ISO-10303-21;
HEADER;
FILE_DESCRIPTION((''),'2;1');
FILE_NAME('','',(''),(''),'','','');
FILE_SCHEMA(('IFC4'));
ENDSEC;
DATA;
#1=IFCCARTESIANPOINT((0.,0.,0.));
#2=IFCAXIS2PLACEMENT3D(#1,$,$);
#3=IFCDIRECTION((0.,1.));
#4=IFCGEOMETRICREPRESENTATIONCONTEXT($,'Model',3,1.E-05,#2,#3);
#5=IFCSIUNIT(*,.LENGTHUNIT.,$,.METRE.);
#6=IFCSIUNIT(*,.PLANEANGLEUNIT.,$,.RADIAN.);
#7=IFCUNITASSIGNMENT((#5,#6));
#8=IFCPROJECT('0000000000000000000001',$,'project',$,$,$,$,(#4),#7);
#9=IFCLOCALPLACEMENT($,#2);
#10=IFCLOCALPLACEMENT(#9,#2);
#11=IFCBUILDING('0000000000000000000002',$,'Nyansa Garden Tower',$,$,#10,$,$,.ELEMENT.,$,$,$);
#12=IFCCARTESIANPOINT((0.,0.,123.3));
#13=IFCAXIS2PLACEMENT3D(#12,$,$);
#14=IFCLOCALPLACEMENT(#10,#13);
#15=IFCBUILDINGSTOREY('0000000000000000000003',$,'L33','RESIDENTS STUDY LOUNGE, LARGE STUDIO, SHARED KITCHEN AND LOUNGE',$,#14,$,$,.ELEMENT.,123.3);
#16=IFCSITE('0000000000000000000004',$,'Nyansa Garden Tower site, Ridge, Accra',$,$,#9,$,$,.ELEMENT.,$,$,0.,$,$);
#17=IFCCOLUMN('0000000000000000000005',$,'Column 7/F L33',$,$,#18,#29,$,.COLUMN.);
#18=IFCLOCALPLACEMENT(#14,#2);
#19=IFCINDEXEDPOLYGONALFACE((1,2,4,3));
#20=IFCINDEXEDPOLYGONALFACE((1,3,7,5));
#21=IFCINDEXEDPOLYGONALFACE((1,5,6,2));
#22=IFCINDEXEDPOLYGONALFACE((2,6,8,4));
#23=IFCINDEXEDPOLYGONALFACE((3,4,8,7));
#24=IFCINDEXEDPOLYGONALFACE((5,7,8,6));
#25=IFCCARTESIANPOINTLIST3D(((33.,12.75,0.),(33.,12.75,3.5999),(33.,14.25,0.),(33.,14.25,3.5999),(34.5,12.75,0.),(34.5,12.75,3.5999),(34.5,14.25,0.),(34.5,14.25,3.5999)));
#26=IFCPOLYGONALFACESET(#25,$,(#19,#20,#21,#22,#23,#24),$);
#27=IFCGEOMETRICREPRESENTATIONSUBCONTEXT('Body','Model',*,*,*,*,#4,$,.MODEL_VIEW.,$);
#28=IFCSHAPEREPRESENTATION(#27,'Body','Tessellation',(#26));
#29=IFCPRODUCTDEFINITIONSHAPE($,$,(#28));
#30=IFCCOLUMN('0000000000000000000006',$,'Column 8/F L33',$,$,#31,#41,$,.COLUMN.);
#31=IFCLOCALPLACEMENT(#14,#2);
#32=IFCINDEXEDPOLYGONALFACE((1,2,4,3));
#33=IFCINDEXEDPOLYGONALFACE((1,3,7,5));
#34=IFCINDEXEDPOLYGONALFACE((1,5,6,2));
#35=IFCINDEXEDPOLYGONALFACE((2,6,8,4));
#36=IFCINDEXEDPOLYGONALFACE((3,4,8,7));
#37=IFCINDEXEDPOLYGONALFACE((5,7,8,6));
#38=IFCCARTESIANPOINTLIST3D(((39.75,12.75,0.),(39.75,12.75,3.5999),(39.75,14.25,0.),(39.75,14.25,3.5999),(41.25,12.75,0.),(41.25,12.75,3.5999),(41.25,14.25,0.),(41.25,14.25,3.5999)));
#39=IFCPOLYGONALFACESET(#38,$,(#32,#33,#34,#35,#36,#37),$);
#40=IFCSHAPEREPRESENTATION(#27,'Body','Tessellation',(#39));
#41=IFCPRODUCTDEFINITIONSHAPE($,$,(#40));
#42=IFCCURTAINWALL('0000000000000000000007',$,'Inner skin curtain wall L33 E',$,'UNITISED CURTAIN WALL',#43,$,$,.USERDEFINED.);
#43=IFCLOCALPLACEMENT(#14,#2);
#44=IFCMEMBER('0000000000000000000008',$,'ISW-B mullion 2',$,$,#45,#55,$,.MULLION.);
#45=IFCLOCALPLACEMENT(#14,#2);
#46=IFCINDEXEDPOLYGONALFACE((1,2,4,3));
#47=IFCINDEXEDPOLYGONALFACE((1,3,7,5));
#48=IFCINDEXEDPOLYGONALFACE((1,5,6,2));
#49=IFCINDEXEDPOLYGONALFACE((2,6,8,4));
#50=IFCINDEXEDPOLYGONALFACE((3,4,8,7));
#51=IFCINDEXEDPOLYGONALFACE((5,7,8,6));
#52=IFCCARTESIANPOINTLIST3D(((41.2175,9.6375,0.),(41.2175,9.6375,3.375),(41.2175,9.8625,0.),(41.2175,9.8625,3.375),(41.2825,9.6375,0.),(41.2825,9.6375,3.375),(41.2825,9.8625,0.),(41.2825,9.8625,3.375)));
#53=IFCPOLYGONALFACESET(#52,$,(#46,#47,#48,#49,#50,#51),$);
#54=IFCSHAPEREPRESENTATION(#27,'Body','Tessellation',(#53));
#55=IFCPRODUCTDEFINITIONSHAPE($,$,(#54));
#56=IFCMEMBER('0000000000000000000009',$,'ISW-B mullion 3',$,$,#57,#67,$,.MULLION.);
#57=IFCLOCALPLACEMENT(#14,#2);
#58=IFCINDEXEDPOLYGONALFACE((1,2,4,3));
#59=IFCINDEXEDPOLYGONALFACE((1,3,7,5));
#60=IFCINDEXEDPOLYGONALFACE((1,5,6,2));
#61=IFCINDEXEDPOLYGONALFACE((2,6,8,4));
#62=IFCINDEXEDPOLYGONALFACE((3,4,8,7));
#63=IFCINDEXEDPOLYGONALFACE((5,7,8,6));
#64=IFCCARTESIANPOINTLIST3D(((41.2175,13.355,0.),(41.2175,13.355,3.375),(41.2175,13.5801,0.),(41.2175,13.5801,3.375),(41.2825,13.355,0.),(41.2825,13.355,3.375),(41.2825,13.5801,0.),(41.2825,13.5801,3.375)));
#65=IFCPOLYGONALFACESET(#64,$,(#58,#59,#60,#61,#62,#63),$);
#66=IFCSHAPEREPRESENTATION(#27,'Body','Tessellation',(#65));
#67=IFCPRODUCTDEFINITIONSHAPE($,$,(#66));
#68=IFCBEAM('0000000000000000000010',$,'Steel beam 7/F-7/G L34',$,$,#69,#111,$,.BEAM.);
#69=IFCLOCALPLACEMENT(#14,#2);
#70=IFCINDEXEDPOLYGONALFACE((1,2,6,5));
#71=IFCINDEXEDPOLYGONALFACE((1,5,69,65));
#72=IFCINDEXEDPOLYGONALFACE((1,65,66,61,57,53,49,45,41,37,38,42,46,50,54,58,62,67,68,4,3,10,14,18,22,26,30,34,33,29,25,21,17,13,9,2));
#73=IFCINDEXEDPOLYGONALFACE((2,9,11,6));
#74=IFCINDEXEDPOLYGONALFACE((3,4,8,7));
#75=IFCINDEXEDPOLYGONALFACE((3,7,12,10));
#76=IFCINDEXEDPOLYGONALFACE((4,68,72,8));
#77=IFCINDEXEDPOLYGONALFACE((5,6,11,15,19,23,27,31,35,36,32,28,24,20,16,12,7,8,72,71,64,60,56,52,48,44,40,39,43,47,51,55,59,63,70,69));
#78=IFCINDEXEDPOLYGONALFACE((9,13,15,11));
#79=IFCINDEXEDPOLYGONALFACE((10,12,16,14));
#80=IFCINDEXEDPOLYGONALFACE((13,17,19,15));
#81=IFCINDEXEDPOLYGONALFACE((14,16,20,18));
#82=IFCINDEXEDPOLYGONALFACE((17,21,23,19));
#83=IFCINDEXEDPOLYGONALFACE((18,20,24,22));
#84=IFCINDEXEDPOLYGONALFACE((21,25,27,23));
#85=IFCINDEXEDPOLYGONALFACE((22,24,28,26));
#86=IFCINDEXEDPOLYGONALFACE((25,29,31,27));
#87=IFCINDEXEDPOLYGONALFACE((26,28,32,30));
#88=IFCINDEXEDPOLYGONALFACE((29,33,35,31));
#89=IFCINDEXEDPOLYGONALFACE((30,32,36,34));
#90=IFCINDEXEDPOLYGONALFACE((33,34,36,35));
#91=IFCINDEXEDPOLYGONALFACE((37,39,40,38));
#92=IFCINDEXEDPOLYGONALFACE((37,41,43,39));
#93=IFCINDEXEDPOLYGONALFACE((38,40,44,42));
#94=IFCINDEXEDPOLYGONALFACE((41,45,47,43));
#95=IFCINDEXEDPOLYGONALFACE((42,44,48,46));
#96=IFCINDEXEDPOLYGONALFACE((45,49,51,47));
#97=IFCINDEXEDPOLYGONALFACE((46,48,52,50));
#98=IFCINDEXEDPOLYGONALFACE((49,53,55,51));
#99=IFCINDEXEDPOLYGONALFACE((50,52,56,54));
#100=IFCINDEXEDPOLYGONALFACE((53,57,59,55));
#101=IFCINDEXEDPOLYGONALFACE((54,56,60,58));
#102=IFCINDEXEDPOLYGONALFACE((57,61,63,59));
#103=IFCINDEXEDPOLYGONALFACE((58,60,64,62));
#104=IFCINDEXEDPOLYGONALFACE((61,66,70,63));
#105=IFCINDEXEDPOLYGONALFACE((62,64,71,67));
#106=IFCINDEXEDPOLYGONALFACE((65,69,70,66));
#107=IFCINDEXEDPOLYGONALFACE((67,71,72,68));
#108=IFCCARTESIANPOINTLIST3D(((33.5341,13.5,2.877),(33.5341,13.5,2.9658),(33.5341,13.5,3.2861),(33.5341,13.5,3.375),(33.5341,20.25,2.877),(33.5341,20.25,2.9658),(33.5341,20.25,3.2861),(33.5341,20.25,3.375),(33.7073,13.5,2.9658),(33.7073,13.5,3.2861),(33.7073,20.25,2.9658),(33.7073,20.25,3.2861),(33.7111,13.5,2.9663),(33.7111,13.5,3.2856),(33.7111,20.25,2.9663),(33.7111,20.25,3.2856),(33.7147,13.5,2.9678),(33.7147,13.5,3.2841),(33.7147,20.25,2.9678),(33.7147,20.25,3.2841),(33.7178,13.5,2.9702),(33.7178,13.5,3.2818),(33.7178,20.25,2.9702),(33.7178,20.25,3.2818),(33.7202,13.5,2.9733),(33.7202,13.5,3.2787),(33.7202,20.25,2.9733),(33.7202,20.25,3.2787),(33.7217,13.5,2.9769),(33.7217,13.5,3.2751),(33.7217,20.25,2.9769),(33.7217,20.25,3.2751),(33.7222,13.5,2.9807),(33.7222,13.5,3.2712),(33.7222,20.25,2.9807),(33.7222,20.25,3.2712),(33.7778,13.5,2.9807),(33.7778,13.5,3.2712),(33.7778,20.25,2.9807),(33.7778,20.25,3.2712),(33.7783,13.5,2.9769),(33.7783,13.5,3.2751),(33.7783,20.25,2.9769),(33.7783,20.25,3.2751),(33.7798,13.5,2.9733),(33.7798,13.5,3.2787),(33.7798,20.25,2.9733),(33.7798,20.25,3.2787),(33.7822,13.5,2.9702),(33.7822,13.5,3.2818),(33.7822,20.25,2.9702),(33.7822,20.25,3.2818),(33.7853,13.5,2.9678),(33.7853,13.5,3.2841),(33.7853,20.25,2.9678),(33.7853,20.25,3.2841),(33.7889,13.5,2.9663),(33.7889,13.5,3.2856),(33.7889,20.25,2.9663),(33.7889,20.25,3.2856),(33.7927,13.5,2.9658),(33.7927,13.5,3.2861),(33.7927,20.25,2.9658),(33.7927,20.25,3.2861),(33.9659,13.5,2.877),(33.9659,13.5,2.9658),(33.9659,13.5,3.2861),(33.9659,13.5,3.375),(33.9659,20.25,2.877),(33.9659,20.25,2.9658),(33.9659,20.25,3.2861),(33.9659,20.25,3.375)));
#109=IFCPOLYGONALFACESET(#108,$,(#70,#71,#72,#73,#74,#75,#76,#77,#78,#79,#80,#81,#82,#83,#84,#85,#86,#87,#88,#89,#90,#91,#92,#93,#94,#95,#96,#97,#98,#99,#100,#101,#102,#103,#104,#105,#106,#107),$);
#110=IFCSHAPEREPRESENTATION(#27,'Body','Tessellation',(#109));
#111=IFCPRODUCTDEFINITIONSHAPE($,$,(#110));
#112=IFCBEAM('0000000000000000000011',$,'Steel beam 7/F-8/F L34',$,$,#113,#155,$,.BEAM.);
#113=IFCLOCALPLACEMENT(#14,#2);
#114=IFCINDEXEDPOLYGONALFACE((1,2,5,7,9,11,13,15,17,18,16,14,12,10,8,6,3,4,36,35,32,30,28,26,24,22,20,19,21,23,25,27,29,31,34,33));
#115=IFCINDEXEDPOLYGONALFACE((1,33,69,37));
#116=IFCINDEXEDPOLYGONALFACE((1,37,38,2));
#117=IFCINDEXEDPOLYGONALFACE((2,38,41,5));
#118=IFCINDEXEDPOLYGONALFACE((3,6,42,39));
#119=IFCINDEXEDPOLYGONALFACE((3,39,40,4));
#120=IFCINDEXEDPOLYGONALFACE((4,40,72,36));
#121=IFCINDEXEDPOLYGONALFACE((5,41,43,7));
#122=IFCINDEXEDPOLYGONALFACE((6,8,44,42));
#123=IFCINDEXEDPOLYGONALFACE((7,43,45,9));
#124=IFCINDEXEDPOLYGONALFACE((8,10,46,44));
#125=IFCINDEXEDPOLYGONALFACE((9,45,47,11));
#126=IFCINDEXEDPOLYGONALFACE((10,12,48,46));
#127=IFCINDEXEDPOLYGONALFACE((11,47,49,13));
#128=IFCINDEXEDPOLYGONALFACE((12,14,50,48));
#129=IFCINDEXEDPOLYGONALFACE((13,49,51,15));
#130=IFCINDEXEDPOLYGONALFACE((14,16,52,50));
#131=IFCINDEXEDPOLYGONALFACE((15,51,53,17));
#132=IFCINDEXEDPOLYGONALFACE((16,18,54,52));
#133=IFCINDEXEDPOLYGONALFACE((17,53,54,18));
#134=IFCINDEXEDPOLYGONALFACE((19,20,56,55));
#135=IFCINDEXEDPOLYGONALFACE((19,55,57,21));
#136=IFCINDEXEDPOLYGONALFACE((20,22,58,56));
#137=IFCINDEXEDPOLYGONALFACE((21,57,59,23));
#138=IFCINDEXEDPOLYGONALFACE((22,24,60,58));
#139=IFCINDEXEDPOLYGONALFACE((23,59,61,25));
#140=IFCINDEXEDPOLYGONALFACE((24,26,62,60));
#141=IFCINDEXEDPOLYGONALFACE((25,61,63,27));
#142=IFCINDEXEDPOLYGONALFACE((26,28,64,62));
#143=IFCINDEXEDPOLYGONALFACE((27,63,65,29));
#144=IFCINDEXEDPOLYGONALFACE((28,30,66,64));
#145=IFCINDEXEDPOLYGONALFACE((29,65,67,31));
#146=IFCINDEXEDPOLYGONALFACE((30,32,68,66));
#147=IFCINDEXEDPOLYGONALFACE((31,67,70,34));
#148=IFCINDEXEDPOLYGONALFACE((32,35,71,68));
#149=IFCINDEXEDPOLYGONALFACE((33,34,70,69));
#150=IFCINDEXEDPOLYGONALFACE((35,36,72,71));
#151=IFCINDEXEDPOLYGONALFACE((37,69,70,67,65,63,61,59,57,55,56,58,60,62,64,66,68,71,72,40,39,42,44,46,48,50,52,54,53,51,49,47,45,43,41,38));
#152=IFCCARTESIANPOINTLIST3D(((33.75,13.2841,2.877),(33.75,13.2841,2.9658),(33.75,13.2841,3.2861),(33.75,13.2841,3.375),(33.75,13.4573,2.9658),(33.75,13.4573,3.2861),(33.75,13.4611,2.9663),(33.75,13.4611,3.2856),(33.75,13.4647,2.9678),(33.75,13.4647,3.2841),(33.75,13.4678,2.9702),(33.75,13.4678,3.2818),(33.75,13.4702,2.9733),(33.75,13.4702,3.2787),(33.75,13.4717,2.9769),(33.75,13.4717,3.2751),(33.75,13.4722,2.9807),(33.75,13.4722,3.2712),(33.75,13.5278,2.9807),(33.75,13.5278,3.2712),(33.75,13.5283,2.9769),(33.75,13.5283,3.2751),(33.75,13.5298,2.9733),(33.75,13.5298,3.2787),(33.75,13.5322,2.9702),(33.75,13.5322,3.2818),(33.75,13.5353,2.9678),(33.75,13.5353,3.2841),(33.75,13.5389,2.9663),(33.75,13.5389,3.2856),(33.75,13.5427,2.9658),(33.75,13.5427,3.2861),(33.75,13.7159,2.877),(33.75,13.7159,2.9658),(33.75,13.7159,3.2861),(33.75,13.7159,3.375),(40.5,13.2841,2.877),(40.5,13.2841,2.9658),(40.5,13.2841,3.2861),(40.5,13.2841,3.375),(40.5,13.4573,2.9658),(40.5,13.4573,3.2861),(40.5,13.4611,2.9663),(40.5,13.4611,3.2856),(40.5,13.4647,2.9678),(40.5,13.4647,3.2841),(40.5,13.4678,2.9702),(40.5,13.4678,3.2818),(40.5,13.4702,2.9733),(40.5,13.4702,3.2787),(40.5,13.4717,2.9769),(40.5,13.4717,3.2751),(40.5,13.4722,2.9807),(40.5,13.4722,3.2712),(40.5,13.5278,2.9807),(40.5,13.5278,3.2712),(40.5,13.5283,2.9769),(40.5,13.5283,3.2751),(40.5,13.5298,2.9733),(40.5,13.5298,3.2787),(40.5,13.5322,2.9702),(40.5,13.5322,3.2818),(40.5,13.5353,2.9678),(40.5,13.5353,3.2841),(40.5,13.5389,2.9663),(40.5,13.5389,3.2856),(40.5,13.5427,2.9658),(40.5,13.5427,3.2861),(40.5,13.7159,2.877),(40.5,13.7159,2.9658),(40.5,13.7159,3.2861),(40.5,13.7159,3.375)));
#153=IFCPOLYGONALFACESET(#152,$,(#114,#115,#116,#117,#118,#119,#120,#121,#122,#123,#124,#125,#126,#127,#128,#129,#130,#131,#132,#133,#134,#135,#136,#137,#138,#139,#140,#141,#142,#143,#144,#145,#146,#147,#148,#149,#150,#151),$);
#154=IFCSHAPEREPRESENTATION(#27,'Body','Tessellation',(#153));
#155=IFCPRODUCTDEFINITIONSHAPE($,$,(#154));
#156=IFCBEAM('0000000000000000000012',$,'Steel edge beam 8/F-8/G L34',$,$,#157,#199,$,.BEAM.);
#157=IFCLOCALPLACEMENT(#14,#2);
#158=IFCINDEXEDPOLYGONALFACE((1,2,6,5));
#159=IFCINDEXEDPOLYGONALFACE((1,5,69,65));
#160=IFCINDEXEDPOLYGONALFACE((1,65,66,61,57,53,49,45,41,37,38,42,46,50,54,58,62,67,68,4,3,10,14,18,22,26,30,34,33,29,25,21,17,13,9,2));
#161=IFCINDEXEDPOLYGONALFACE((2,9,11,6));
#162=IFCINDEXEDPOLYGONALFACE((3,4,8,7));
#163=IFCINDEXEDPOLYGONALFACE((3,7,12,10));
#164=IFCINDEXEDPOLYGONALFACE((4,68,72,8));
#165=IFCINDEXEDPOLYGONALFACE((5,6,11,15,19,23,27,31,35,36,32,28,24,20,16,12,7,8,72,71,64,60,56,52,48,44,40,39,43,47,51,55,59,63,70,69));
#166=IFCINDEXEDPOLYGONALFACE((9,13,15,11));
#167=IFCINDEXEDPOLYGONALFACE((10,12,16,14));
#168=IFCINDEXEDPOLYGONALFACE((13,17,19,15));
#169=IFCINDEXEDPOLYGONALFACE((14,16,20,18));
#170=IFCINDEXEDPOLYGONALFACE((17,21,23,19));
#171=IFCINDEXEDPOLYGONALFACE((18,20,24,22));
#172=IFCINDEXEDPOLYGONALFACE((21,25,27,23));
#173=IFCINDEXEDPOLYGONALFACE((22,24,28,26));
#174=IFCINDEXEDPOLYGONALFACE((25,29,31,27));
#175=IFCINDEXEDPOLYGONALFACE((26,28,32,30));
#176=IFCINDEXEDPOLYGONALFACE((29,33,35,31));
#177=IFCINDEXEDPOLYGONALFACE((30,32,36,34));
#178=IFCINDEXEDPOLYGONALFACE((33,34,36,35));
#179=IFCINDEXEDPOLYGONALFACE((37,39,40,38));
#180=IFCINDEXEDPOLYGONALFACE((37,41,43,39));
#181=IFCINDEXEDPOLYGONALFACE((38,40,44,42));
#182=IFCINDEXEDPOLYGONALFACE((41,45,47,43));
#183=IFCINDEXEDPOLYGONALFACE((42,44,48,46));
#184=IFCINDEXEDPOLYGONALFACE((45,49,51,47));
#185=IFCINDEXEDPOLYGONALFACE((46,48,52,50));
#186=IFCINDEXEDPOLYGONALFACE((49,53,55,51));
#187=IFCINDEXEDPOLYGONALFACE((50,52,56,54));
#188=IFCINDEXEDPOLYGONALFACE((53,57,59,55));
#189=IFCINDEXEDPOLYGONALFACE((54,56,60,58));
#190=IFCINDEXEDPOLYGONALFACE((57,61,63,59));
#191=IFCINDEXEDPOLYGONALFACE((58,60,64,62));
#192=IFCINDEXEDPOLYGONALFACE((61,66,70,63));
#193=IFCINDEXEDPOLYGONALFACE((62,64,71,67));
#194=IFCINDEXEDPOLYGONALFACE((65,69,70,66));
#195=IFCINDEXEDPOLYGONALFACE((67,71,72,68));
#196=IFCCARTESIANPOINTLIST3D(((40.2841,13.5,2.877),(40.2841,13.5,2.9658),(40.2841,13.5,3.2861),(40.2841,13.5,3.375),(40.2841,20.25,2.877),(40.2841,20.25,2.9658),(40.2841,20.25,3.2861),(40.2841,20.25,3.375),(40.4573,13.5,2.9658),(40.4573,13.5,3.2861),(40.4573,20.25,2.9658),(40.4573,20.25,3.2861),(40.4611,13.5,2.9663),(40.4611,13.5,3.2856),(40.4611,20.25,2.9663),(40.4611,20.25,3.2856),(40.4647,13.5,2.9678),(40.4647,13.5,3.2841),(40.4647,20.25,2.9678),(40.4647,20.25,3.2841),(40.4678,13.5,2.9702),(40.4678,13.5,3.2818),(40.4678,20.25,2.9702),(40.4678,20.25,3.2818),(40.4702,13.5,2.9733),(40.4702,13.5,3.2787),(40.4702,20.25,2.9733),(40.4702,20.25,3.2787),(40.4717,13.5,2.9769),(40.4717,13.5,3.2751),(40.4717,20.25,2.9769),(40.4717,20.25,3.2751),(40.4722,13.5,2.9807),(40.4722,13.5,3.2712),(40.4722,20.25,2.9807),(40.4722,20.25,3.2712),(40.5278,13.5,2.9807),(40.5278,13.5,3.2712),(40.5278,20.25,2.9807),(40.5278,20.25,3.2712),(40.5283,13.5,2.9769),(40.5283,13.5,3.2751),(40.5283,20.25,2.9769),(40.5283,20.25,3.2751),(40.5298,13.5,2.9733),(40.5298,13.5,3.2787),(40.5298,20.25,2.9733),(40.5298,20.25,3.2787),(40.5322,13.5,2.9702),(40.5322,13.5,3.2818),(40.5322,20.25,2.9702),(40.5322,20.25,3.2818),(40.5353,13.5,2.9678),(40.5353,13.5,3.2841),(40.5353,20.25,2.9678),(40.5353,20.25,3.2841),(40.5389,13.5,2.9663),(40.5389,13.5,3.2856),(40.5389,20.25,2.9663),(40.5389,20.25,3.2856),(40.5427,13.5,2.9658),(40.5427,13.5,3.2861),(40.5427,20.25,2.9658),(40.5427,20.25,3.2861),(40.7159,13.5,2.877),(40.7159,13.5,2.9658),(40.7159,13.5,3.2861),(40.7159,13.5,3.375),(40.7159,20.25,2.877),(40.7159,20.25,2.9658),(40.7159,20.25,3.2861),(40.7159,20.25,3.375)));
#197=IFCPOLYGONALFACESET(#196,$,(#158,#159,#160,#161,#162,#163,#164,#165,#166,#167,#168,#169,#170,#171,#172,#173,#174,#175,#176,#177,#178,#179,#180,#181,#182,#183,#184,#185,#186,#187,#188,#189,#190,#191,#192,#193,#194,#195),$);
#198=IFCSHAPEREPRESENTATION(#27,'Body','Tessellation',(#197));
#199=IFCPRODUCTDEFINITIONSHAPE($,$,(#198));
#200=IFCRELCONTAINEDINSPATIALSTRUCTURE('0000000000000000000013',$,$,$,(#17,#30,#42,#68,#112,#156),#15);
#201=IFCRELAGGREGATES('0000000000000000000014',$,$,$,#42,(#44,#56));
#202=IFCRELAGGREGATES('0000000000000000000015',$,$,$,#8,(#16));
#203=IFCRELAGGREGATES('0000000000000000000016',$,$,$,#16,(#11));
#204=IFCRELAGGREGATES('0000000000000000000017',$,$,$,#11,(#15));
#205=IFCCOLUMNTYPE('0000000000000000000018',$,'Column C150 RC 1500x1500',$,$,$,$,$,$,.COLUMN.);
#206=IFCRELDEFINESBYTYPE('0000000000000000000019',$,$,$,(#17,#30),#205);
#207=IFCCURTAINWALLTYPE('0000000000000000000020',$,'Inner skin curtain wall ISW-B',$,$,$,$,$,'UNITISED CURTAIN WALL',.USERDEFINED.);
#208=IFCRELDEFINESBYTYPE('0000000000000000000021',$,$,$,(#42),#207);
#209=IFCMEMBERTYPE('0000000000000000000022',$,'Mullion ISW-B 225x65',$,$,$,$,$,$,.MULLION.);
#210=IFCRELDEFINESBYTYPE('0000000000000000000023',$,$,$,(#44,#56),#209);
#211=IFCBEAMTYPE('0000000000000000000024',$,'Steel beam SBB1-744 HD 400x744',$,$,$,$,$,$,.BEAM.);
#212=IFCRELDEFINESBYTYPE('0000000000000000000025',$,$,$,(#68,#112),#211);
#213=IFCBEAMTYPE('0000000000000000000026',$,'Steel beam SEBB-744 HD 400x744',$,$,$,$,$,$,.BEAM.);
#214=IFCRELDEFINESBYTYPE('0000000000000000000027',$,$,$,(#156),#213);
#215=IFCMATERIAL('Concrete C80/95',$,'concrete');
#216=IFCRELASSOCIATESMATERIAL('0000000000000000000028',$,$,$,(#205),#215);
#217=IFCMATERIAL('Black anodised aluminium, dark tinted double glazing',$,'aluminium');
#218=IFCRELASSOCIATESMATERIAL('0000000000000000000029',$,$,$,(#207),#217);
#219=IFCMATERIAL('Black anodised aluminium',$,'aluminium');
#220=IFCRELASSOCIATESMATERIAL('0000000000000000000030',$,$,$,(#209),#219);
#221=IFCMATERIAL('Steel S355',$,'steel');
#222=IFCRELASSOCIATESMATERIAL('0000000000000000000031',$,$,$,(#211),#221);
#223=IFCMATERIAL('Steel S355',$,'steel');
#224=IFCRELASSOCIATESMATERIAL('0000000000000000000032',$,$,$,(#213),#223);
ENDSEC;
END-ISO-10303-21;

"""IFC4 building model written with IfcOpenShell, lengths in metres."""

from ifc_helpers import new_model, si_unit, direction, frame, origin, origin_2d, place, context, subcontext, project, spatial, rectangle, i_section, extrude, material, material_profile, profile_set, type_object, element, aggregate, save


model = new_model("IFC4")

# Units and contexts
model_context = context("Model", 3, precision=1e-05, world=origin(), true_north=direction((0.0, 1.0)))
body_context = subcontext(model_context, "Body", "Model", "MODEL_VIEW")
ifc_project = project(units=[si_unit("LENGTHUNIT", "METRE"), si_unit("PLANEANGLEUNIT", "RADIAN")], contexts=[model_context])

# Site, building, storey
site_placement = place(None, origin())
site = spatial("IfcSite", under=ifc_project, at=site_placement, Name="Nyansa Garden Tower site, Ridge, Accra", CompositionType="ELEMENT", RefElevation=0.0)
building_placement = place(site_placement, origin())
building = spatial("IfcBuilding", under=site, at=building_placement, Name="Nyansa Garden Tower", CompositionType="ELEMENT")
storey_placement = place(building_placement, frame((0.0, 0.0, 123.3)))
storey = spatial("IfcBuildingStorey", under=building, at=storey_placement, Name="L33", Description="RESIDENTS STUDY LOUNGE, LARGE STUDIO, SHARED KITCHEN AND LOUNGE", CompositionType="ELEMENT", Elevation=123.3)

# Columns
ifc_material_1 = material(Name="Concrete C80/95", Category="concrete")
ifc_material_profile_1 = material_profile(ifc_material_1, rectangle(XDim=1.5, YDim=1.5, at=origin_2d()), Name="RC 1500x1500")
ifc_profile_set_1 = profile_set([ifc_material_profile_1], Name="Concrete C80/95")
column_type = type_object("IfcColumnType", Name="Column C150 RC 1500x1500", PredefinedType="COLUMN", material=ifc_profile_set_1)
for number, where, z_axis, x_axis, name in (
    (1, (33.75, 13.5, 0.0), (0.0, 0.0, 1.0), (1.0, 0.0, 0.0), "Column 7/F L33"),
    (2, (40.5, 13.5, 0.0), (0.0, 0.0, 1.0), (1.0, 0.0, 0.0), "Column 8/F L33"),
):
    element("IfcColumn", number, at=place(storey_placement, frame(where, z_axis=z_axis, x_axis=x_axis)), inside=storey, type_object=column_type, Name=name, PredefinedType="COLUMN", context=body_context, shape_type="SweptSolid", body=[
        extrude(rectangle(XDim=1.5, YDim=1.5, at=origin_2d()), origin(), (0.0, 0.0, 1.0), 3.5999),
    ])

# Curtain wall, members
ifc_material_2 = material(Name="Black anodised aluminium, dark tinted double glazing", Category="aluminium")
curtain_wall_type = type_object("IfcCurtainWallType", Name="Inner skin curtain wall ISW-B", ElementType="UNITISED CURTAIN WALL", PredefinedType="USERDEFINED", material=ifc_material_2)
curtain_wall_placement = place(storey_placement, origin())
curtain_wall = element("IfcCurtainWall", 3, at=curtain_wall_placement, inside=storey, type_object=curtain_wall_type, Name="Inner skin curtain wall L33 E", ObjectType="UNITISED CURTAIN WALL", PredefinedType="USERDEFINED")
ifc_material_3 = material(Name="Black anodised aluminium", Category="aluminium")
ifc_material_profile_2 = material_profile(ifc_material_3, rectangle(XDim=0.0649, YDim=0.2251, at=origin_2d()), Name="Mullion 225x65")
ifc_profile_set_2 = profile_set([ifc_material_profile_2], Name="Black anodised aluminium")
member_type_1 = type_object("IfcMemberType", Name="Mullion ISW-B 225x65", PredefinedType="MULLION", material=ifc_profile_set_2)
member_1_placement = place(storey_placement, frame((41.25, 9.75, 0.0), z_axis=(0.0, 0.0, 1.0), x_axis=(-1.0, 0.0, 0.0)))
member_1 = element("IfcMember", 4, at=member_1_placement, type_object=member_type_1, Name="ISW-B mullion 2", PredefinedType="MULLION", context=body_context, shape_type="SweptSolid", body=[
    extrude(rectangle(XDim=0.0649, YDim=0.2251, at=origin_2d()), origin(), (0.0, 0.0, 1.0), 3.375),
])
member_2_placement = place(storey_placement, frame((41.25, 13.4675, 0.0), z_axis=(0.0, 0.0, 1.0), x_axis=(-1.0, 0.0, 0.0)))
member_2 = element("IfcMember", 5, at=member_2_placement, type_object=member_type_1, Name="ISW-B mullion 3", PredefinedType="MULLION", context=body_context, shape_type="SweptSolid", body=[
    extrude(rectangle(XDim=0.0649, YDim=0.2251, at=origin_2d()), origin(), (0.0, 0.0, 1.0), 3.375),
])

# Beams
ifc_material_4 = material(Name="Steel S355", Category="steel")
ifc_material_profile_3 = material_profile(ifc_material_4, i_section(OverallWidth=0.4319, OverallDepth=0.498, WebThickness=0.0557, FlangeThickness=0.0889, FilletRadius=0.0149, at=origin_2d()), Name="HD 400x744")
ifc_profile_set_3 = profile_set([ifc_material_profile_3], Name="Steel S355")
beam_type_1 = type_object("IfcBeamType", Name="Steel beam SBB1-744 HD 400x744", PredefinedType="BEAM", material=ifc_profile_set_3)
for number, where, z_axis, x_axis, name in (
    (6, (33.75, 13.5, 3.126), (0.0, 1.0, 0.0), (-1.0, 0.0, 0.0), "Steel beam 7/F-7/G L34"),
    (7, (33.75, 13.5, 3.126), (1.0, 0.0, 0.0), (0.0, 1.0, 0.0), "Steel beam 7/F-8/F L34"),
):
    element("IfcBeam", number, at=place(storey_placement, frame(where, z_axis=z_axis, x_axis=x_axis)), inside=storey, type_object=beam_type_1, Name=name, PredefinedType="BEAM", context=body_context, shape_type="SweptSolid", body=[
        extrude(i_section(OverallWidth=0.4319, OverallDepth=0.498, WebThickness=0.0557, FlangeThickness=0.0889, FilletRadius=0.0149, at=origin_2d()), origin(), (0.0, 0.0, 1.0), 6.75),
    ])
ifc_material_5 = material(Name="Steel S355", Category="steel")
ifc_material_profile_4 = material_profile(ifc_material_5, i_section(OverallWidth=0.4319, OverallDepth=0.498, WebThickness=0.0557, FlangeThickness=0.0889, FilletRadius=0.0149, at=origin_2d()), Name="HD 400x744")
ifc_profile_set_4 = profile_set([ifc_material_profile_4], Name="Steel S355")
beam_type_2 = type_object("IfcBeamType", Name="Steel beam SEBB-744 HD 400x744", PredefinedType="BEAM", material=ifc_profile_set_4)
beam_1_placement = place(storey_placement, frame((40.5, 13.5, 3.126), z_axis=(0.0, 1.0, 0.0), x_axis=(-1.0, 0.0, 0.0)))
element("IfcBeam", 8, at=beam_1_placement, inside=storey, type_object=beam_type_2, Name="Steel edge beam 8/F-8/G L34", PredefinedType="BEAM", context=body_context, shape_type="SweptSolid", body=[
    extrude(i_section(OverallWidth=0.4319, OverallDepth=0.498, WebThickness=0.0557, FlangeThickness=0.0889, FilletRadius=0.0149, at=origin_2d()), origin(), (0.0, 0.0, 1.0), 6.75),
])

aggregate(curtain_wall, [member_1, member_2])

save(model, "model.ifc")
